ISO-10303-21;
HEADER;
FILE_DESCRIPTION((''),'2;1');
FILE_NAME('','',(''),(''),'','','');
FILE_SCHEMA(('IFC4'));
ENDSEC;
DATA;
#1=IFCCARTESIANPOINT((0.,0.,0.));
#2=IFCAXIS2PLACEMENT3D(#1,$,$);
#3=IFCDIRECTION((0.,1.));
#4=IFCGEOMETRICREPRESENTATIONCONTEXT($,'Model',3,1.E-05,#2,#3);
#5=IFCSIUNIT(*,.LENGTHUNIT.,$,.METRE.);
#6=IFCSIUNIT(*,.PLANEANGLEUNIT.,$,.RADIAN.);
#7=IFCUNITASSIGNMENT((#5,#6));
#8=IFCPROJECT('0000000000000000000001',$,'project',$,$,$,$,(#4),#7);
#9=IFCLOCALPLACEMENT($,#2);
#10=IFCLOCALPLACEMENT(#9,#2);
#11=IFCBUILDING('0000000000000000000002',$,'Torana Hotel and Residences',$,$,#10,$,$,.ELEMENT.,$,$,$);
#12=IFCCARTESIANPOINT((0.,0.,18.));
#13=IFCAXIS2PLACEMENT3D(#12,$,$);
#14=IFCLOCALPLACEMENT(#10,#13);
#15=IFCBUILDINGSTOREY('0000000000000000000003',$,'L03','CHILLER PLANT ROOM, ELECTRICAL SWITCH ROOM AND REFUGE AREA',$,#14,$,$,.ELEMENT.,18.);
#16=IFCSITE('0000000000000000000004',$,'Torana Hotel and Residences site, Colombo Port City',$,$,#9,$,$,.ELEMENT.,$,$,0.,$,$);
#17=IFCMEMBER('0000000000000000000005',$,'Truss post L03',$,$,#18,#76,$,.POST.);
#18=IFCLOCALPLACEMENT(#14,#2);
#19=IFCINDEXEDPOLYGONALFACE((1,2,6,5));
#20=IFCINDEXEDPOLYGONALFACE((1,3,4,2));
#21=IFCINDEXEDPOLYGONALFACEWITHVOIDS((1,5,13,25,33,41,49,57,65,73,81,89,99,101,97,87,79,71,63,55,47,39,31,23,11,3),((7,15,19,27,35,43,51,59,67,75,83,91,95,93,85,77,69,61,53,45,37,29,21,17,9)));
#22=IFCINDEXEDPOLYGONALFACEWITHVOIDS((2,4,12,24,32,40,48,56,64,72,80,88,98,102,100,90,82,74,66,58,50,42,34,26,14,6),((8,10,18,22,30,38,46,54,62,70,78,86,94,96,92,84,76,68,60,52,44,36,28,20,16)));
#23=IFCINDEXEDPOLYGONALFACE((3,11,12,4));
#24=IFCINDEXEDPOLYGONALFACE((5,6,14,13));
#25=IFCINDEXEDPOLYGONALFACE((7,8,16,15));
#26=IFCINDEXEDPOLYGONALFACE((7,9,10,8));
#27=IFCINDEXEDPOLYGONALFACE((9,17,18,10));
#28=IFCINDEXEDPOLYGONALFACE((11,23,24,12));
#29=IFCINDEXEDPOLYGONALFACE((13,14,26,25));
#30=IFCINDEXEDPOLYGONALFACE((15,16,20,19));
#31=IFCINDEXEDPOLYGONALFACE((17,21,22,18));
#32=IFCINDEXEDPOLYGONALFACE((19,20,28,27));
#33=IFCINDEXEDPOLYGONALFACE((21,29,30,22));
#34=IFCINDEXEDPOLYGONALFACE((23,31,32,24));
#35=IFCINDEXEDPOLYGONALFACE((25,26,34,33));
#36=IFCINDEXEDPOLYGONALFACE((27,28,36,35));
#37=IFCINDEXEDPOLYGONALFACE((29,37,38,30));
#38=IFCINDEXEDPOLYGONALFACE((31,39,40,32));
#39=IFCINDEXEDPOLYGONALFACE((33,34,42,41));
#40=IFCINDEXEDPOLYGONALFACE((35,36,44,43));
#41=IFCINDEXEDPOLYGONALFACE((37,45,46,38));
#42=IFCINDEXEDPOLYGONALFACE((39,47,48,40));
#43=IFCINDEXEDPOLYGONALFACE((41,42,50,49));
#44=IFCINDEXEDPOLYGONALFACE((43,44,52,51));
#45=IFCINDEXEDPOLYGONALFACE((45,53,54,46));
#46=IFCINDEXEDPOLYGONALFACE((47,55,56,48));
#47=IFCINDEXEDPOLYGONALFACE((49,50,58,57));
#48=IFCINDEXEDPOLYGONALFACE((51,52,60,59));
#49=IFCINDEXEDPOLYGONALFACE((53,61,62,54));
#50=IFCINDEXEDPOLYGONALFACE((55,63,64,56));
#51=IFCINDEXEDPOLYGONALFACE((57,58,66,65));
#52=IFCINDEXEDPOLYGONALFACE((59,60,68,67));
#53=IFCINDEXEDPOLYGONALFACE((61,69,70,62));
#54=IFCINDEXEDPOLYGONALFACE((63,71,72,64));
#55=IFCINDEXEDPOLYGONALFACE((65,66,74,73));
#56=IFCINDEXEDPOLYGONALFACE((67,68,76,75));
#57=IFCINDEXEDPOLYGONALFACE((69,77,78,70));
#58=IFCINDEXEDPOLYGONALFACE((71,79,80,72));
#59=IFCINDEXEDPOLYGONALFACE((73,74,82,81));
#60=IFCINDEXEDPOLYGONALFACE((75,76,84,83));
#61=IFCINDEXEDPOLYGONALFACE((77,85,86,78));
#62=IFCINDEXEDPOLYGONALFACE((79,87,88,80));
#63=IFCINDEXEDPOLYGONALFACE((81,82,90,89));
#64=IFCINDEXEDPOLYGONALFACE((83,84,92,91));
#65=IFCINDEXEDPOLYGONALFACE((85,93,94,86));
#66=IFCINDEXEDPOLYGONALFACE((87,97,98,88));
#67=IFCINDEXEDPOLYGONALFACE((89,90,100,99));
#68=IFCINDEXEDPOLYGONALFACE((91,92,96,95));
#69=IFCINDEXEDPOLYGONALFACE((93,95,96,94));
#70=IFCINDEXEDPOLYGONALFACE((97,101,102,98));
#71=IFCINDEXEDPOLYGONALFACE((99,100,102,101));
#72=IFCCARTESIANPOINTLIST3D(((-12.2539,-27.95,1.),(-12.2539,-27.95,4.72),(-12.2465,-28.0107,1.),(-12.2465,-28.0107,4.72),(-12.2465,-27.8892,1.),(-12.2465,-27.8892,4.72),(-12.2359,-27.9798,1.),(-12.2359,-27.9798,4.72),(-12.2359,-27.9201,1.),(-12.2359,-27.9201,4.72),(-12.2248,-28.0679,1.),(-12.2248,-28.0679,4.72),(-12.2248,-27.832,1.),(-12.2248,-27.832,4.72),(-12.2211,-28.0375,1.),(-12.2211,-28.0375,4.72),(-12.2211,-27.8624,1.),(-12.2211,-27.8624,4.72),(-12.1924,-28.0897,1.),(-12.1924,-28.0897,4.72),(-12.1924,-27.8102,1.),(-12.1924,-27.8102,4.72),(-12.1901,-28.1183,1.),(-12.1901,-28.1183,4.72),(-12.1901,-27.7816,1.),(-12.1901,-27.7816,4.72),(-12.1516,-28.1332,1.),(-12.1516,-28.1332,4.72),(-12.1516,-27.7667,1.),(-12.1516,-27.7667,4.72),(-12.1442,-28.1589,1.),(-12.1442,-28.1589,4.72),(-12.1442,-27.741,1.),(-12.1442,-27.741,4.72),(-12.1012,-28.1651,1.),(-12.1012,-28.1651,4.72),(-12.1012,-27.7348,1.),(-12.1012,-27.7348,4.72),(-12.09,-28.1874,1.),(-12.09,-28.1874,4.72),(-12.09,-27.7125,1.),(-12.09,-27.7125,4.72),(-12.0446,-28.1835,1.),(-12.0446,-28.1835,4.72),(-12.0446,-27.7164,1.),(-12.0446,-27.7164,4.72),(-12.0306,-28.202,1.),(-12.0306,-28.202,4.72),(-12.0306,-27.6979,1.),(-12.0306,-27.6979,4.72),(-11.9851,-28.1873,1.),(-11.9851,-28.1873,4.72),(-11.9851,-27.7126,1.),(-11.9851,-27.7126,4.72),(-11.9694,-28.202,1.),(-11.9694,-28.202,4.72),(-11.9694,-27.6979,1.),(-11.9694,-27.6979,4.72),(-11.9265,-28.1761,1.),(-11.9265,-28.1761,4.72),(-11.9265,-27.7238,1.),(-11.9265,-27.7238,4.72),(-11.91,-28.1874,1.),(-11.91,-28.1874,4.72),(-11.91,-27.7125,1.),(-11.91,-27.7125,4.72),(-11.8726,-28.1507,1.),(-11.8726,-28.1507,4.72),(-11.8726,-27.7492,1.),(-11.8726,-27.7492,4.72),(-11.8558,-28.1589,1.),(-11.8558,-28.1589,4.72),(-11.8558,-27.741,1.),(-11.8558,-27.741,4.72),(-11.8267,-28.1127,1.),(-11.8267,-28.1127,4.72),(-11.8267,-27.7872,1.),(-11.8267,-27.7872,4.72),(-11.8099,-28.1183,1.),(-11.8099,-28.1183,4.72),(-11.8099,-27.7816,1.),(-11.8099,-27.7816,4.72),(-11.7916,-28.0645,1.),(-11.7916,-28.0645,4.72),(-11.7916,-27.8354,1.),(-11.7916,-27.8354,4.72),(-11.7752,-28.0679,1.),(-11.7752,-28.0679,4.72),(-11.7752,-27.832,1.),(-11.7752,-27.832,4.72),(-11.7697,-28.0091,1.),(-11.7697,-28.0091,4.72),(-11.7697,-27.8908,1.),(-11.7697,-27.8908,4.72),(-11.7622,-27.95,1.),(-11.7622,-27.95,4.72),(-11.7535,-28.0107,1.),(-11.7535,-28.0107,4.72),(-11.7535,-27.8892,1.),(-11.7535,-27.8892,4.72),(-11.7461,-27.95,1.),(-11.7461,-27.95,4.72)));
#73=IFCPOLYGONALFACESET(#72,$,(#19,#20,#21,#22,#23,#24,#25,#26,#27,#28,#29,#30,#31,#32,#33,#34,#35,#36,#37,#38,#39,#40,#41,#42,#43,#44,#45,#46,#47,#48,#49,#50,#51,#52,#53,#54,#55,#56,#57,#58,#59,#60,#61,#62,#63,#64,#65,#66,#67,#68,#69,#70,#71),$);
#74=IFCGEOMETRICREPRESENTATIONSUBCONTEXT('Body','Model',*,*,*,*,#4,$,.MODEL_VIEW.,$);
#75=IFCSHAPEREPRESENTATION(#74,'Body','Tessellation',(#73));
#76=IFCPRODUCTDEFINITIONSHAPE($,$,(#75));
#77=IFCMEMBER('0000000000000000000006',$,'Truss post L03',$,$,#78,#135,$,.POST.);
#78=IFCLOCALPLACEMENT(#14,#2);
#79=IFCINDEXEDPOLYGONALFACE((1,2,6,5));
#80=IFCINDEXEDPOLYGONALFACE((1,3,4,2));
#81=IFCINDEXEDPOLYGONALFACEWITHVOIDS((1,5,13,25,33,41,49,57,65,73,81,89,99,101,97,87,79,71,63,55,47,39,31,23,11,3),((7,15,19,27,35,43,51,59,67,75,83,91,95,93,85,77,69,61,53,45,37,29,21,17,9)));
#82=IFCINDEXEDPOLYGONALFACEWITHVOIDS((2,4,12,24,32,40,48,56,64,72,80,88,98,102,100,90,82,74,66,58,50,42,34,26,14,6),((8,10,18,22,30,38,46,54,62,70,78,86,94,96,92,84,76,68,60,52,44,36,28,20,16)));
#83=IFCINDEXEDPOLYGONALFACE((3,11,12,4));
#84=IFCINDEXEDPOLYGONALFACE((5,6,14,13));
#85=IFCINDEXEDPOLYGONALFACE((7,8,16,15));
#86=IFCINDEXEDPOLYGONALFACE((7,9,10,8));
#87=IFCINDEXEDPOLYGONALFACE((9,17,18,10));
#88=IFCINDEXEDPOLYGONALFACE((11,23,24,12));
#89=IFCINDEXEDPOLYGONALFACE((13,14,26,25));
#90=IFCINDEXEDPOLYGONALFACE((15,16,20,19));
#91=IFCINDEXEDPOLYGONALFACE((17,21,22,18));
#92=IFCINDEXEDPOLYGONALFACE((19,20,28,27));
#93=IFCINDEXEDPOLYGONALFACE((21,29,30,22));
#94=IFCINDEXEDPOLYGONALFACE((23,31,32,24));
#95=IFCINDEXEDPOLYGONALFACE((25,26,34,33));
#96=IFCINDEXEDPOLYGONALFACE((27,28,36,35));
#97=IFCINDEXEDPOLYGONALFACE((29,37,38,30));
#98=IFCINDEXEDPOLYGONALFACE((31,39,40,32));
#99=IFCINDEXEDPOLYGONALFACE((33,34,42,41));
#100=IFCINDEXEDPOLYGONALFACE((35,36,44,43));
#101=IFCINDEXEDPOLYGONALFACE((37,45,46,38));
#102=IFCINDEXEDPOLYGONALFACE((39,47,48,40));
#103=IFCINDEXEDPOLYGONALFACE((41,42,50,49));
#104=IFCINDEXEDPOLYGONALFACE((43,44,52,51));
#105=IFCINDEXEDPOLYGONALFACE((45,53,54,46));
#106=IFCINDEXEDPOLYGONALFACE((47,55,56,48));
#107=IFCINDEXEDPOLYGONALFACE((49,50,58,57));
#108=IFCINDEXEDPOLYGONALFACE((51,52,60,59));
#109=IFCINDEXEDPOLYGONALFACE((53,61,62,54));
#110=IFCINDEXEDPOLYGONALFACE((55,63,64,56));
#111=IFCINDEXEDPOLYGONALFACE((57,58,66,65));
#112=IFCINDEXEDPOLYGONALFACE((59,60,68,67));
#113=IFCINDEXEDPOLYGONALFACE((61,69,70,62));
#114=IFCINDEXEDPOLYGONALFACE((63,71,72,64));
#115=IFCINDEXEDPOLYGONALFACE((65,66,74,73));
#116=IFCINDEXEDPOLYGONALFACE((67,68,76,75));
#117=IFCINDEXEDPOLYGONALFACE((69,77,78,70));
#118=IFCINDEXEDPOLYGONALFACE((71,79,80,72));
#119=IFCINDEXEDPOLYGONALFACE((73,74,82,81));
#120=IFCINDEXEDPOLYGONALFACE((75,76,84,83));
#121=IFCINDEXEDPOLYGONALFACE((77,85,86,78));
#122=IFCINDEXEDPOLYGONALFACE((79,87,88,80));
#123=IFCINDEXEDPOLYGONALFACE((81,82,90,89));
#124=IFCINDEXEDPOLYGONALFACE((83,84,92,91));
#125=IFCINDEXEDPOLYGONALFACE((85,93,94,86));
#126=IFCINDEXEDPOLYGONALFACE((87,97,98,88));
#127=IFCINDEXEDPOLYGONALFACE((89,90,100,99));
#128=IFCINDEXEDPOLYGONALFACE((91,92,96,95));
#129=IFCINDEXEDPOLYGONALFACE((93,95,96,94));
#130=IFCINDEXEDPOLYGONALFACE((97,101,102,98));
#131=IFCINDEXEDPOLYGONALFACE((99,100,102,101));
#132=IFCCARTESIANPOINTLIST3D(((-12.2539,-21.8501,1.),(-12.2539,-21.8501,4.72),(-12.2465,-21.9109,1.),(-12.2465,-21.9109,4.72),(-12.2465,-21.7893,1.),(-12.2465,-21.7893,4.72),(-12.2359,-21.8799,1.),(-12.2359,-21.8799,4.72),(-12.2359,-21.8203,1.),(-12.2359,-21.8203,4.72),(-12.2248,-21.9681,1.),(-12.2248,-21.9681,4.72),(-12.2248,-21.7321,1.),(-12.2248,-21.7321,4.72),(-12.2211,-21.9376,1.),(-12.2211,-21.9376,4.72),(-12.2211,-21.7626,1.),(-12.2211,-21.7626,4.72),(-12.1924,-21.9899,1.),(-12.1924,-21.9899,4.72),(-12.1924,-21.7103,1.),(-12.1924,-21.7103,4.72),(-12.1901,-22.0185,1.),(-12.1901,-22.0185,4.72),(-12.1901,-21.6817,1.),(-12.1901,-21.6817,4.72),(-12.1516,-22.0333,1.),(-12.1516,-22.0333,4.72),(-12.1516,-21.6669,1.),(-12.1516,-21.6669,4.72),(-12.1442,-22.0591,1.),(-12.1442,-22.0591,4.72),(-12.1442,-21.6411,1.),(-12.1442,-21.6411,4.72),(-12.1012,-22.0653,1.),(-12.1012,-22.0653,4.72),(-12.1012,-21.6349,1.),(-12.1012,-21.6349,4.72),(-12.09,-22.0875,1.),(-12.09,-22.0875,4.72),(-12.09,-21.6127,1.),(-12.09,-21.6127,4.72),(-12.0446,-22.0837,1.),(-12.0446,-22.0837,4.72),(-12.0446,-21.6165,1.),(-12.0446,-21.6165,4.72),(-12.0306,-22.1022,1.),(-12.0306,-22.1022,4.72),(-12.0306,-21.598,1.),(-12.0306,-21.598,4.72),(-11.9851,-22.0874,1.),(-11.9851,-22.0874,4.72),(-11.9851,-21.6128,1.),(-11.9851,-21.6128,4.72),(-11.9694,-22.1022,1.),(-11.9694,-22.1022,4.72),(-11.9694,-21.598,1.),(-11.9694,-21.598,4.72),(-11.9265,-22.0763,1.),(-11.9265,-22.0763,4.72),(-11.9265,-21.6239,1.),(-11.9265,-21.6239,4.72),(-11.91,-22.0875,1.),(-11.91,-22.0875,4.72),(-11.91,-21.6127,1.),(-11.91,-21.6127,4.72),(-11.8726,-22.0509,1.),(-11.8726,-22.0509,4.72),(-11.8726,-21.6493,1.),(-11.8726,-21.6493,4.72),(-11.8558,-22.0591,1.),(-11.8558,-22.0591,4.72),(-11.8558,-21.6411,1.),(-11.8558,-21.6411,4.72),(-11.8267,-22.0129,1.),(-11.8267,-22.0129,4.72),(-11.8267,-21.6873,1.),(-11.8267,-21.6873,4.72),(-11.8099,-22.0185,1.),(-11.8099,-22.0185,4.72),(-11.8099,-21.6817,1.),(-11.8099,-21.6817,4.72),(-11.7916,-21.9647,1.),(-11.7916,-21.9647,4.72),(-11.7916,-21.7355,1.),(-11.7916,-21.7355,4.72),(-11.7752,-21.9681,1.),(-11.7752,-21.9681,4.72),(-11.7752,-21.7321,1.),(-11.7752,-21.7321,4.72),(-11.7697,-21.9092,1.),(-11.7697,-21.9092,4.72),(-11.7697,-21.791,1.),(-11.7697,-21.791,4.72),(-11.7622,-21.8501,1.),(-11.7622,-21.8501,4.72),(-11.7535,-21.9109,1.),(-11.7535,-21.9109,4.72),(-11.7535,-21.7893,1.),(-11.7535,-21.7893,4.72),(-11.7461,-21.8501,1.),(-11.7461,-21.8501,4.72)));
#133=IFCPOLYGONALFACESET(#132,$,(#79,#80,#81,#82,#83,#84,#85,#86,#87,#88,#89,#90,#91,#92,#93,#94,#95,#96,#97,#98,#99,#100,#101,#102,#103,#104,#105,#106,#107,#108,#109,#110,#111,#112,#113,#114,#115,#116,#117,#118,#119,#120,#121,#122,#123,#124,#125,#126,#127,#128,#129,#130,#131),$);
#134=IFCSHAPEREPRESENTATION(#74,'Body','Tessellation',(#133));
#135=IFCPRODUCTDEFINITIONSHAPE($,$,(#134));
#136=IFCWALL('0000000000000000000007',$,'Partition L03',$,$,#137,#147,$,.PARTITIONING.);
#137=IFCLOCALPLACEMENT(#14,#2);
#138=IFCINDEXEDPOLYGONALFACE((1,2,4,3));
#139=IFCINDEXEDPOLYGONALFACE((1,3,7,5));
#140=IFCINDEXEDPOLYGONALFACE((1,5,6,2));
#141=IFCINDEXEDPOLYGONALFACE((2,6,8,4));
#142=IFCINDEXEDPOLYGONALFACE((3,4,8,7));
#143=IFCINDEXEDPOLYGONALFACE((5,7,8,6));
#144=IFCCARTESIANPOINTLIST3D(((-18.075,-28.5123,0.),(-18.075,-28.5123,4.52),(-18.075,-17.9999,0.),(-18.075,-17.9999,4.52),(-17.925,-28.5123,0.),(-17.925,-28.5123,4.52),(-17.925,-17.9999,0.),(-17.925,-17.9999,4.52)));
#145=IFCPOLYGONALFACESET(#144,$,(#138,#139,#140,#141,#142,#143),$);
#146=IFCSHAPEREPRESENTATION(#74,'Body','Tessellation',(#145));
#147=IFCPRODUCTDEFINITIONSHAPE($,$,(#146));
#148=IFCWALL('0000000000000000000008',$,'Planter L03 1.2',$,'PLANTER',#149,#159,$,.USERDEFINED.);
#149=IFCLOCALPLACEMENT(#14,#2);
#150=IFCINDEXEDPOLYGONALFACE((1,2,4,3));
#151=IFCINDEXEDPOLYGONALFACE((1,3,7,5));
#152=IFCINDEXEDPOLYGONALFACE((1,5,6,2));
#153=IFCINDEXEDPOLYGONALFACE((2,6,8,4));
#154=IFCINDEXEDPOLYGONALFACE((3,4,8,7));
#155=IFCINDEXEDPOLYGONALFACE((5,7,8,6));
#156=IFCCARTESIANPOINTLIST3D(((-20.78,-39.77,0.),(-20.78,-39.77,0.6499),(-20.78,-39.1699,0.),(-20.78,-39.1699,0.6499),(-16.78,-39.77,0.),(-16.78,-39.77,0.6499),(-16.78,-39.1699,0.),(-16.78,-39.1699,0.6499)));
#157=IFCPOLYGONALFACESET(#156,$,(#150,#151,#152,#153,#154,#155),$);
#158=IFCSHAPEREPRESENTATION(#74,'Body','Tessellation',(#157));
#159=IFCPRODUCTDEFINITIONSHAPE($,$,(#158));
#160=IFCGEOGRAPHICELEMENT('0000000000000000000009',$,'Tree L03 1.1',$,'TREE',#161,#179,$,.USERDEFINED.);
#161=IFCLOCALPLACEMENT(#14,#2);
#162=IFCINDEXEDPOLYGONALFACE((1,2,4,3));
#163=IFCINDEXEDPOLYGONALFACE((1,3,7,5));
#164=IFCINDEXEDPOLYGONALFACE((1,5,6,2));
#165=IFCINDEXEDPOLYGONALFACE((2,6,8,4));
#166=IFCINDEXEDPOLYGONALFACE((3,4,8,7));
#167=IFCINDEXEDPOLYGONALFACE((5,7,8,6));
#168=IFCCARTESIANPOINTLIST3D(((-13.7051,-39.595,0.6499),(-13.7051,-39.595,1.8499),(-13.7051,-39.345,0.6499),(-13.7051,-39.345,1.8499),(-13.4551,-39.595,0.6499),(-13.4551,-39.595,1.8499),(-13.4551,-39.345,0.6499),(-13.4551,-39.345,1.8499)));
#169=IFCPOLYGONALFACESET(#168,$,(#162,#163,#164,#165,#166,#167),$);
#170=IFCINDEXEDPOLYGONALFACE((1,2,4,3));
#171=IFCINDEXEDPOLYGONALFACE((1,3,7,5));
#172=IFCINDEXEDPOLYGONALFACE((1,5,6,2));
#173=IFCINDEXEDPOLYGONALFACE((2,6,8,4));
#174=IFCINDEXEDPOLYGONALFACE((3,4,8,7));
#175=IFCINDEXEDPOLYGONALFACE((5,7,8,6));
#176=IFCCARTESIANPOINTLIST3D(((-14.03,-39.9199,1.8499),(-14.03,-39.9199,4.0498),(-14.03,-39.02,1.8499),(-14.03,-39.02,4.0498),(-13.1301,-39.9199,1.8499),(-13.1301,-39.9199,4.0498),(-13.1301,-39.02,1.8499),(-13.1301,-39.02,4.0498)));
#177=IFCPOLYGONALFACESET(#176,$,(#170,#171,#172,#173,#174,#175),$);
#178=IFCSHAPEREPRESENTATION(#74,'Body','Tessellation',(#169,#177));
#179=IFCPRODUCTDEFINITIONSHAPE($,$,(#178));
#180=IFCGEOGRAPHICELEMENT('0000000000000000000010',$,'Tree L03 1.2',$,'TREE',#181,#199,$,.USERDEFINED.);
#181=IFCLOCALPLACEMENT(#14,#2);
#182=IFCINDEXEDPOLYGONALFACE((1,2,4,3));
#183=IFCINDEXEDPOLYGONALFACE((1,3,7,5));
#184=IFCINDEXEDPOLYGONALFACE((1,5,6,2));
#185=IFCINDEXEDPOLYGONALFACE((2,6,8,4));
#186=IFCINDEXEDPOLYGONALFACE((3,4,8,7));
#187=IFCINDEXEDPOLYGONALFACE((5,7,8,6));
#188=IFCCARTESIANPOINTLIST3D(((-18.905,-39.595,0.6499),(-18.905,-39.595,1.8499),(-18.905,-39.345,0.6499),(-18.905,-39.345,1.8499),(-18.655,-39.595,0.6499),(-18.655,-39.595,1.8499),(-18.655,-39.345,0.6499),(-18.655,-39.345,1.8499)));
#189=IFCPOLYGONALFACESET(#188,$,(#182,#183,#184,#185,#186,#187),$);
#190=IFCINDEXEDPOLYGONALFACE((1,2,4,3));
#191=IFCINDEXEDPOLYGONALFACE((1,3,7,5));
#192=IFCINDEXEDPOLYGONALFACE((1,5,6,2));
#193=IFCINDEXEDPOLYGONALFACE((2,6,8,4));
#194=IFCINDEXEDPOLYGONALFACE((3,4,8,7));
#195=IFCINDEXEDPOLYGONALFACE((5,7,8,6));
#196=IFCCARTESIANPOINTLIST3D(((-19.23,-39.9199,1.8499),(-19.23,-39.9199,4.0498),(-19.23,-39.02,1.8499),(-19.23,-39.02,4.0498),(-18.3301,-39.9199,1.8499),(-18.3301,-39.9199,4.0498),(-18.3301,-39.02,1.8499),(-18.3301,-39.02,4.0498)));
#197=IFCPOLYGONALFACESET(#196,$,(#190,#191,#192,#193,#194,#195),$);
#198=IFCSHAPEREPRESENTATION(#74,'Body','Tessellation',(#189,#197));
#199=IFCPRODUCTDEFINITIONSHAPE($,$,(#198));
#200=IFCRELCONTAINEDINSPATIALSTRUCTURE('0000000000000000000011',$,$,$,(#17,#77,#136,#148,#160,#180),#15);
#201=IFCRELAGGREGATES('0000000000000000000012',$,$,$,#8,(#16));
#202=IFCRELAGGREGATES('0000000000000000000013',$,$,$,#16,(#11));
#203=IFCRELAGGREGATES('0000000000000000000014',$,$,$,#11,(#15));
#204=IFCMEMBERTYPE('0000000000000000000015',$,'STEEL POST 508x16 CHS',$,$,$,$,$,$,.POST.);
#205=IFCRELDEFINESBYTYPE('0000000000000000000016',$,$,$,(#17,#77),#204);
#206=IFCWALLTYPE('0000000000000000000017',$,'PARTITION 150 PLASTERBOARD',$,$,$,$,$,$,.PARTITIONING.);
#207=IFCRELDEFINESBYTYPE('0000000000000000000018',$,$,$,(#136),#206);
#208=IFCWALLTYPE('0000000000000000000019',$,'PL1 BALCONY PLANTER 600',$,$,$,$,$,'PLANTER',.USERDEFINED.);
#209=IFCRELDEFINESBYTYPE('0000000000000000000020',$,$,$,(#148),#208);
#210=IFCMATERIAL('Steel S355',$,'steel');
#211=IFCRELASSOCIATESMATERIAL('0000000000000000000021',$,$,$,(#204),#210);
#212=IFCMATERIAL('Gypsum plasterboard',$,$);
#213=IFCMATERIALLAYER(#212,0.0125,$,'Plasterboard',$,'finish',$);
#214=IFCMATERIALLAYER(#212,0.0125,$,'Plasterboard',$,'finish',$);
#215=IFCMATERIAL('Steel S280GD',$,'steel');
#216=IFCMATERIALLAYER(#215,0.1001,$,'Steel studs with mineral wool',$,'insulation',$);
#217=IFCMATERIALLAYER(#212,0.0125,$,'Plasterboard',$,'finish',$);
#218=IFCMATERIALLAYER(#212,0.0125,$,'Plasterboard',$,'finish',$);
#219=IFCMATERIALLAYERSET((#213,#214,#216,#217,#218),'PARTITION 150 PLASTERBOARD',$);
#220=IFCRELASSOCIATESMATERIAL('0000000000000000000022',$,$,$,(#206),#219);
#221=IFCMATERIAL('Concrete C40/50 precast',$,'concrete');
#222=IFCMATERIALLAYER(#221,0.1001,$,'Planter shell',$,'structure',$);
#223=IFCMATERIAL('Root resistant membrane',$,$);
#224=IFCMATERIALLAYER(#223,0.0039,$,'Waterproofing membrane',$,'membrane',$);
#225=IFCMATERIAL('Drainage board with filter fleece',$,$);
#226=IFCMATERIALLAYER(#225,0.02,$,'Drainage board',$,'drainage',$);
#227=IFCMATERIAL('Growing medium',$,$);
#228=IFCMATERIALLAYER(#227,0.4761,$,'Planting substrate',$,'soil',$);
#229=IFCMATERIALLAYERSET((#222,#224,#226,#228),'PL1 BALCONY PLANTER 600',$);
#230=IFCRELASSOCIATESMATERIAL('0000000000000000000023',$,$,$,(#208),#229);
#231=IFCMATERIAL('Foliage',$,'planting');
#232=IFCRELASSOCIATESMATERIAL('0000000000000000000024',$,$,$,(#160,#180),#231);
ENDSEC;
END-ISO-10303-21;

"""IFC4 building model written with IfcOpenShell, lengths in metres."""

from ifc_helpers import new_model, si_unit, direction, frame, frame_2d, origin, origin_2d, place, context, subcontext, project, spatial, rectangle, hollow_circle, extrude, material, layer, layer_set, material_profile, profile_set, type_object, element, save


model = new_model("IFC4")

# Units and contexts
model_context = context("Model", 3, precision=1e-05, world=origin(), true_north=direction((0.0, 1.0)))
body_context = subcontext(model_context, "Body", "Model", "MODEL_VIEW")
ifc_project = project(units=[si_unit("LENGTHUNIT", "METRE"), si_unit("PLANEANGLEUNIT", "RADIAN")], contexts=[model_context])

# Site, building, storey
site_placement = place(None, origin())
site = spatial("IfcSite", under=ifc_project, at=site_placement, Name="Torana Hotel and Residences site, Colombo Port City", CompositionType="ELEMENT", RefElevation=0.0)
building_placement = place(site_placement, origin())
building = spatial("IfcBuilding", under=site, at=building_placement, Name="Torana Hotel and Residences", CompositionType="ELEMENT")
storey_placement = place(building_placement, frame((0.0, 0.0, 18.0)))
storey = spatial("IfcBuildingStorey", under=building, at=storey_placement, Name="L03", Description="CHILLER PLANT ROOM, ELECTRICAL SWITCH ROOM AND REFUGE AREA", CompositionType="ELEMENT", Elevation=18.0)

# Members
ifc_material_1 = material(Name="Steel S355", Category="steel")
ifc_material_profile_1 = material_profile(ifc_material_1, hollow_circle(Radius=0.2539, WallThickness=0.0161, at=origin_2d()), Name="508x16 CHS")
ifc_profile_set_1 = profile_set([ifc_material_profile_1], Name="Steel S355")
member_type_1 = type_object("IfcMemberType", Name="STEEL POST 508x16 CHS", PredefinedType="POST", material=ifc_profile_set_1)
for number, where, z_axis, x_axis, name in (
    (1, (-12.0, -27.95, 1.0), (0.0, 0.0, 1.0), (1.0, 0.0, 0.0), "Truss post L03"),
    (2, (-12.0, -21.8501, 1.0), (0.0, 0.0, 1.0), (1.0, 0.0, 0.0), "Truss post L03"),
):
    element("IfcMember", number, at=place(storey_placement, frame(where, z_axis=z_axis, x_axis=x_axis)), inside=storey, type_object=member_type_1, Name=name, PredefinedType="POST", context=body_context, shape_type="SweptSolid", body=[
        extrude(hollow_circle(Radius=0.2539, WallThickness=0.0161, at=origin_2d()), origin(), (0.0, 0.0, 1.0), 3.72),
    ])

# Walls
ifc_material_2 = material(Name="Gypsum plasterboard")
ifc_layer_1 = layer(ifc_material_2, 0.0125, Name="Plasterboard", Category="finish")
ifc_layer_2 = layer(ifc_material_2, 0.0125, Name="Plasterboard", Category="finish")
ifc_material_3 = material(Name="Steel S280GD", Category="steel")
ifc_layer_3 = layer(ifc_material_3, 0.1001, Name="Steel studs with mineral wool", Category="insulation")
ifc_layer_4 = layer(ifc_material_2, 0.0125, Name="Plasterboard", Category="finish")
ifc_layer_5 = layer(ifc_material_2, 0.0125, Name="Plasterboard", Category="finish")
ifc_layer_set_1 = layer_set([ifc_layer_1, ifc_layer_2, ifc_layer_3, ifc_layer_4, ifc_layer_5], Name="PARTITION 150 PLASTERBOARD")
wall_type_1 = type_object("IfcWallType", Name="PARTITION 150 PLASTERBOARD", PredefinedType="PARTITIONING", material=ifc_layer_set_1)
wall_1_placement = place(storey_placement, frame((-18.0, -28.5125, 0.0), z_axis=(0.0, 0.0, 1.0), x_axis=(0.0, 1.0, 0.0)))
element("IfcWall", 3, at=wall_1_placement, inside=storey, type_object=wall_type_1, Name="Partition L03", PredefinedType="PARTITIONING", context=body_context, shape_type="SweptSolid", body=[
    extrude(rectangle(XDim=10.5125, YDim=0.1499, at=frame_2d((5.2563, 0.0))), origin(), (0.0, 0.0, 1.0), 4.52),
])
ifc_material_4 = material(Name="Concrete C40/50 precast", Category="concrete")
ifc_layer_6 = layer(ifc_material_4, 0.1001, Name="Planter shell", Category="structure")
ifc_material_5 = material(Name="Root resistant membrane")
ifc_layer_7 = layer(ifc_material_5, 0.0039, Name="Waterproofing membrane", Category="membrane")
ifc_material_6 = material(Name="Drainage board with filter fleece")
ifc_layer_8 = layer(ifc_material_6, 0.02, Name="Drainage board", Category="drainage")
ifc_material_7 = material(Name="Growing medium")
ifc_layer_9 = layer(ifc_material_7, 0.4761, Name="Planting substrate", Category="soil")
ifc_layer_set_2 = layer_set([ifc_layer_6, ifc_layer_7, ifc_layer_8, ifc_layer_9], Name="PL1 BALCONY PLANTER 600")
wall_type_2 = type_object("IfcWallType", Name="PL1 BALCONY PLANTER 600", ElementType="PLANTER", PredefinedType="USERDEFINED", material=ifc_layer_set_2)
wall_2_placement = place(storey_placement, frame((-16.78, -39.47, 0.0), z_axis=(0.0, 0.0, 1.0), x_axis=(-1.0, 0.0, 0.0)))
element("IfcWall", 4, at=wall_2_placement, inside=storey, type_object=wall_type_2, Name="Planter L03 1.2", ObjectType="PLANTER", PredefinedType="USERDEFINED", context=body_context, shape_type="SweptSolid", body=[
    extrude(rectangle(XDim=4.0, YDim=0.6001, at=frame_2d((2.0, 0.0))), origin(), (0.0, 0.0, 1.0), 0.6499),
])

# Geographic elements
ifc_material_8 = material(Name="Foliage", Category="planting")
for number, where, z_axis, x_axis, name in (
    (5, (-13.5801, -39.47, 0.6499), (0.0, 0.0, 1.0), (1.0, 0.0, 0.0), "Tree L03 1.1"),
    (6, (-18.78, -39.47, 0.6499), (0.0, 0.0, 1.0), (1.0, 0.0, 0.0), "Tree L03 1.2"),
):
    element("IfcGeographicElement", number, at=place(storey_placement, frame(where, z_axis=z_axis, x_axis=x_axis)), inside=storey, material=ifc_material_8, Name=name, ObjectType="TREE", PredefinedType="USERDEFINED", context=body_context, shape_type="SweptSolid", body=[
        extrude(rectangle(XDim=0.25, YDim=0.25, at=origin_2d()), origin(), (0.0, 0.0, 1.0), 1.2),
        extrude(rectangle(XDim=0.8999, YDim=0.8999, at=origin_2d()), frame((0.0, 0.0, 1.2)), (0.0, 0.0, 1.0), 2.2),
    ])

save(model, "model.ifc")
